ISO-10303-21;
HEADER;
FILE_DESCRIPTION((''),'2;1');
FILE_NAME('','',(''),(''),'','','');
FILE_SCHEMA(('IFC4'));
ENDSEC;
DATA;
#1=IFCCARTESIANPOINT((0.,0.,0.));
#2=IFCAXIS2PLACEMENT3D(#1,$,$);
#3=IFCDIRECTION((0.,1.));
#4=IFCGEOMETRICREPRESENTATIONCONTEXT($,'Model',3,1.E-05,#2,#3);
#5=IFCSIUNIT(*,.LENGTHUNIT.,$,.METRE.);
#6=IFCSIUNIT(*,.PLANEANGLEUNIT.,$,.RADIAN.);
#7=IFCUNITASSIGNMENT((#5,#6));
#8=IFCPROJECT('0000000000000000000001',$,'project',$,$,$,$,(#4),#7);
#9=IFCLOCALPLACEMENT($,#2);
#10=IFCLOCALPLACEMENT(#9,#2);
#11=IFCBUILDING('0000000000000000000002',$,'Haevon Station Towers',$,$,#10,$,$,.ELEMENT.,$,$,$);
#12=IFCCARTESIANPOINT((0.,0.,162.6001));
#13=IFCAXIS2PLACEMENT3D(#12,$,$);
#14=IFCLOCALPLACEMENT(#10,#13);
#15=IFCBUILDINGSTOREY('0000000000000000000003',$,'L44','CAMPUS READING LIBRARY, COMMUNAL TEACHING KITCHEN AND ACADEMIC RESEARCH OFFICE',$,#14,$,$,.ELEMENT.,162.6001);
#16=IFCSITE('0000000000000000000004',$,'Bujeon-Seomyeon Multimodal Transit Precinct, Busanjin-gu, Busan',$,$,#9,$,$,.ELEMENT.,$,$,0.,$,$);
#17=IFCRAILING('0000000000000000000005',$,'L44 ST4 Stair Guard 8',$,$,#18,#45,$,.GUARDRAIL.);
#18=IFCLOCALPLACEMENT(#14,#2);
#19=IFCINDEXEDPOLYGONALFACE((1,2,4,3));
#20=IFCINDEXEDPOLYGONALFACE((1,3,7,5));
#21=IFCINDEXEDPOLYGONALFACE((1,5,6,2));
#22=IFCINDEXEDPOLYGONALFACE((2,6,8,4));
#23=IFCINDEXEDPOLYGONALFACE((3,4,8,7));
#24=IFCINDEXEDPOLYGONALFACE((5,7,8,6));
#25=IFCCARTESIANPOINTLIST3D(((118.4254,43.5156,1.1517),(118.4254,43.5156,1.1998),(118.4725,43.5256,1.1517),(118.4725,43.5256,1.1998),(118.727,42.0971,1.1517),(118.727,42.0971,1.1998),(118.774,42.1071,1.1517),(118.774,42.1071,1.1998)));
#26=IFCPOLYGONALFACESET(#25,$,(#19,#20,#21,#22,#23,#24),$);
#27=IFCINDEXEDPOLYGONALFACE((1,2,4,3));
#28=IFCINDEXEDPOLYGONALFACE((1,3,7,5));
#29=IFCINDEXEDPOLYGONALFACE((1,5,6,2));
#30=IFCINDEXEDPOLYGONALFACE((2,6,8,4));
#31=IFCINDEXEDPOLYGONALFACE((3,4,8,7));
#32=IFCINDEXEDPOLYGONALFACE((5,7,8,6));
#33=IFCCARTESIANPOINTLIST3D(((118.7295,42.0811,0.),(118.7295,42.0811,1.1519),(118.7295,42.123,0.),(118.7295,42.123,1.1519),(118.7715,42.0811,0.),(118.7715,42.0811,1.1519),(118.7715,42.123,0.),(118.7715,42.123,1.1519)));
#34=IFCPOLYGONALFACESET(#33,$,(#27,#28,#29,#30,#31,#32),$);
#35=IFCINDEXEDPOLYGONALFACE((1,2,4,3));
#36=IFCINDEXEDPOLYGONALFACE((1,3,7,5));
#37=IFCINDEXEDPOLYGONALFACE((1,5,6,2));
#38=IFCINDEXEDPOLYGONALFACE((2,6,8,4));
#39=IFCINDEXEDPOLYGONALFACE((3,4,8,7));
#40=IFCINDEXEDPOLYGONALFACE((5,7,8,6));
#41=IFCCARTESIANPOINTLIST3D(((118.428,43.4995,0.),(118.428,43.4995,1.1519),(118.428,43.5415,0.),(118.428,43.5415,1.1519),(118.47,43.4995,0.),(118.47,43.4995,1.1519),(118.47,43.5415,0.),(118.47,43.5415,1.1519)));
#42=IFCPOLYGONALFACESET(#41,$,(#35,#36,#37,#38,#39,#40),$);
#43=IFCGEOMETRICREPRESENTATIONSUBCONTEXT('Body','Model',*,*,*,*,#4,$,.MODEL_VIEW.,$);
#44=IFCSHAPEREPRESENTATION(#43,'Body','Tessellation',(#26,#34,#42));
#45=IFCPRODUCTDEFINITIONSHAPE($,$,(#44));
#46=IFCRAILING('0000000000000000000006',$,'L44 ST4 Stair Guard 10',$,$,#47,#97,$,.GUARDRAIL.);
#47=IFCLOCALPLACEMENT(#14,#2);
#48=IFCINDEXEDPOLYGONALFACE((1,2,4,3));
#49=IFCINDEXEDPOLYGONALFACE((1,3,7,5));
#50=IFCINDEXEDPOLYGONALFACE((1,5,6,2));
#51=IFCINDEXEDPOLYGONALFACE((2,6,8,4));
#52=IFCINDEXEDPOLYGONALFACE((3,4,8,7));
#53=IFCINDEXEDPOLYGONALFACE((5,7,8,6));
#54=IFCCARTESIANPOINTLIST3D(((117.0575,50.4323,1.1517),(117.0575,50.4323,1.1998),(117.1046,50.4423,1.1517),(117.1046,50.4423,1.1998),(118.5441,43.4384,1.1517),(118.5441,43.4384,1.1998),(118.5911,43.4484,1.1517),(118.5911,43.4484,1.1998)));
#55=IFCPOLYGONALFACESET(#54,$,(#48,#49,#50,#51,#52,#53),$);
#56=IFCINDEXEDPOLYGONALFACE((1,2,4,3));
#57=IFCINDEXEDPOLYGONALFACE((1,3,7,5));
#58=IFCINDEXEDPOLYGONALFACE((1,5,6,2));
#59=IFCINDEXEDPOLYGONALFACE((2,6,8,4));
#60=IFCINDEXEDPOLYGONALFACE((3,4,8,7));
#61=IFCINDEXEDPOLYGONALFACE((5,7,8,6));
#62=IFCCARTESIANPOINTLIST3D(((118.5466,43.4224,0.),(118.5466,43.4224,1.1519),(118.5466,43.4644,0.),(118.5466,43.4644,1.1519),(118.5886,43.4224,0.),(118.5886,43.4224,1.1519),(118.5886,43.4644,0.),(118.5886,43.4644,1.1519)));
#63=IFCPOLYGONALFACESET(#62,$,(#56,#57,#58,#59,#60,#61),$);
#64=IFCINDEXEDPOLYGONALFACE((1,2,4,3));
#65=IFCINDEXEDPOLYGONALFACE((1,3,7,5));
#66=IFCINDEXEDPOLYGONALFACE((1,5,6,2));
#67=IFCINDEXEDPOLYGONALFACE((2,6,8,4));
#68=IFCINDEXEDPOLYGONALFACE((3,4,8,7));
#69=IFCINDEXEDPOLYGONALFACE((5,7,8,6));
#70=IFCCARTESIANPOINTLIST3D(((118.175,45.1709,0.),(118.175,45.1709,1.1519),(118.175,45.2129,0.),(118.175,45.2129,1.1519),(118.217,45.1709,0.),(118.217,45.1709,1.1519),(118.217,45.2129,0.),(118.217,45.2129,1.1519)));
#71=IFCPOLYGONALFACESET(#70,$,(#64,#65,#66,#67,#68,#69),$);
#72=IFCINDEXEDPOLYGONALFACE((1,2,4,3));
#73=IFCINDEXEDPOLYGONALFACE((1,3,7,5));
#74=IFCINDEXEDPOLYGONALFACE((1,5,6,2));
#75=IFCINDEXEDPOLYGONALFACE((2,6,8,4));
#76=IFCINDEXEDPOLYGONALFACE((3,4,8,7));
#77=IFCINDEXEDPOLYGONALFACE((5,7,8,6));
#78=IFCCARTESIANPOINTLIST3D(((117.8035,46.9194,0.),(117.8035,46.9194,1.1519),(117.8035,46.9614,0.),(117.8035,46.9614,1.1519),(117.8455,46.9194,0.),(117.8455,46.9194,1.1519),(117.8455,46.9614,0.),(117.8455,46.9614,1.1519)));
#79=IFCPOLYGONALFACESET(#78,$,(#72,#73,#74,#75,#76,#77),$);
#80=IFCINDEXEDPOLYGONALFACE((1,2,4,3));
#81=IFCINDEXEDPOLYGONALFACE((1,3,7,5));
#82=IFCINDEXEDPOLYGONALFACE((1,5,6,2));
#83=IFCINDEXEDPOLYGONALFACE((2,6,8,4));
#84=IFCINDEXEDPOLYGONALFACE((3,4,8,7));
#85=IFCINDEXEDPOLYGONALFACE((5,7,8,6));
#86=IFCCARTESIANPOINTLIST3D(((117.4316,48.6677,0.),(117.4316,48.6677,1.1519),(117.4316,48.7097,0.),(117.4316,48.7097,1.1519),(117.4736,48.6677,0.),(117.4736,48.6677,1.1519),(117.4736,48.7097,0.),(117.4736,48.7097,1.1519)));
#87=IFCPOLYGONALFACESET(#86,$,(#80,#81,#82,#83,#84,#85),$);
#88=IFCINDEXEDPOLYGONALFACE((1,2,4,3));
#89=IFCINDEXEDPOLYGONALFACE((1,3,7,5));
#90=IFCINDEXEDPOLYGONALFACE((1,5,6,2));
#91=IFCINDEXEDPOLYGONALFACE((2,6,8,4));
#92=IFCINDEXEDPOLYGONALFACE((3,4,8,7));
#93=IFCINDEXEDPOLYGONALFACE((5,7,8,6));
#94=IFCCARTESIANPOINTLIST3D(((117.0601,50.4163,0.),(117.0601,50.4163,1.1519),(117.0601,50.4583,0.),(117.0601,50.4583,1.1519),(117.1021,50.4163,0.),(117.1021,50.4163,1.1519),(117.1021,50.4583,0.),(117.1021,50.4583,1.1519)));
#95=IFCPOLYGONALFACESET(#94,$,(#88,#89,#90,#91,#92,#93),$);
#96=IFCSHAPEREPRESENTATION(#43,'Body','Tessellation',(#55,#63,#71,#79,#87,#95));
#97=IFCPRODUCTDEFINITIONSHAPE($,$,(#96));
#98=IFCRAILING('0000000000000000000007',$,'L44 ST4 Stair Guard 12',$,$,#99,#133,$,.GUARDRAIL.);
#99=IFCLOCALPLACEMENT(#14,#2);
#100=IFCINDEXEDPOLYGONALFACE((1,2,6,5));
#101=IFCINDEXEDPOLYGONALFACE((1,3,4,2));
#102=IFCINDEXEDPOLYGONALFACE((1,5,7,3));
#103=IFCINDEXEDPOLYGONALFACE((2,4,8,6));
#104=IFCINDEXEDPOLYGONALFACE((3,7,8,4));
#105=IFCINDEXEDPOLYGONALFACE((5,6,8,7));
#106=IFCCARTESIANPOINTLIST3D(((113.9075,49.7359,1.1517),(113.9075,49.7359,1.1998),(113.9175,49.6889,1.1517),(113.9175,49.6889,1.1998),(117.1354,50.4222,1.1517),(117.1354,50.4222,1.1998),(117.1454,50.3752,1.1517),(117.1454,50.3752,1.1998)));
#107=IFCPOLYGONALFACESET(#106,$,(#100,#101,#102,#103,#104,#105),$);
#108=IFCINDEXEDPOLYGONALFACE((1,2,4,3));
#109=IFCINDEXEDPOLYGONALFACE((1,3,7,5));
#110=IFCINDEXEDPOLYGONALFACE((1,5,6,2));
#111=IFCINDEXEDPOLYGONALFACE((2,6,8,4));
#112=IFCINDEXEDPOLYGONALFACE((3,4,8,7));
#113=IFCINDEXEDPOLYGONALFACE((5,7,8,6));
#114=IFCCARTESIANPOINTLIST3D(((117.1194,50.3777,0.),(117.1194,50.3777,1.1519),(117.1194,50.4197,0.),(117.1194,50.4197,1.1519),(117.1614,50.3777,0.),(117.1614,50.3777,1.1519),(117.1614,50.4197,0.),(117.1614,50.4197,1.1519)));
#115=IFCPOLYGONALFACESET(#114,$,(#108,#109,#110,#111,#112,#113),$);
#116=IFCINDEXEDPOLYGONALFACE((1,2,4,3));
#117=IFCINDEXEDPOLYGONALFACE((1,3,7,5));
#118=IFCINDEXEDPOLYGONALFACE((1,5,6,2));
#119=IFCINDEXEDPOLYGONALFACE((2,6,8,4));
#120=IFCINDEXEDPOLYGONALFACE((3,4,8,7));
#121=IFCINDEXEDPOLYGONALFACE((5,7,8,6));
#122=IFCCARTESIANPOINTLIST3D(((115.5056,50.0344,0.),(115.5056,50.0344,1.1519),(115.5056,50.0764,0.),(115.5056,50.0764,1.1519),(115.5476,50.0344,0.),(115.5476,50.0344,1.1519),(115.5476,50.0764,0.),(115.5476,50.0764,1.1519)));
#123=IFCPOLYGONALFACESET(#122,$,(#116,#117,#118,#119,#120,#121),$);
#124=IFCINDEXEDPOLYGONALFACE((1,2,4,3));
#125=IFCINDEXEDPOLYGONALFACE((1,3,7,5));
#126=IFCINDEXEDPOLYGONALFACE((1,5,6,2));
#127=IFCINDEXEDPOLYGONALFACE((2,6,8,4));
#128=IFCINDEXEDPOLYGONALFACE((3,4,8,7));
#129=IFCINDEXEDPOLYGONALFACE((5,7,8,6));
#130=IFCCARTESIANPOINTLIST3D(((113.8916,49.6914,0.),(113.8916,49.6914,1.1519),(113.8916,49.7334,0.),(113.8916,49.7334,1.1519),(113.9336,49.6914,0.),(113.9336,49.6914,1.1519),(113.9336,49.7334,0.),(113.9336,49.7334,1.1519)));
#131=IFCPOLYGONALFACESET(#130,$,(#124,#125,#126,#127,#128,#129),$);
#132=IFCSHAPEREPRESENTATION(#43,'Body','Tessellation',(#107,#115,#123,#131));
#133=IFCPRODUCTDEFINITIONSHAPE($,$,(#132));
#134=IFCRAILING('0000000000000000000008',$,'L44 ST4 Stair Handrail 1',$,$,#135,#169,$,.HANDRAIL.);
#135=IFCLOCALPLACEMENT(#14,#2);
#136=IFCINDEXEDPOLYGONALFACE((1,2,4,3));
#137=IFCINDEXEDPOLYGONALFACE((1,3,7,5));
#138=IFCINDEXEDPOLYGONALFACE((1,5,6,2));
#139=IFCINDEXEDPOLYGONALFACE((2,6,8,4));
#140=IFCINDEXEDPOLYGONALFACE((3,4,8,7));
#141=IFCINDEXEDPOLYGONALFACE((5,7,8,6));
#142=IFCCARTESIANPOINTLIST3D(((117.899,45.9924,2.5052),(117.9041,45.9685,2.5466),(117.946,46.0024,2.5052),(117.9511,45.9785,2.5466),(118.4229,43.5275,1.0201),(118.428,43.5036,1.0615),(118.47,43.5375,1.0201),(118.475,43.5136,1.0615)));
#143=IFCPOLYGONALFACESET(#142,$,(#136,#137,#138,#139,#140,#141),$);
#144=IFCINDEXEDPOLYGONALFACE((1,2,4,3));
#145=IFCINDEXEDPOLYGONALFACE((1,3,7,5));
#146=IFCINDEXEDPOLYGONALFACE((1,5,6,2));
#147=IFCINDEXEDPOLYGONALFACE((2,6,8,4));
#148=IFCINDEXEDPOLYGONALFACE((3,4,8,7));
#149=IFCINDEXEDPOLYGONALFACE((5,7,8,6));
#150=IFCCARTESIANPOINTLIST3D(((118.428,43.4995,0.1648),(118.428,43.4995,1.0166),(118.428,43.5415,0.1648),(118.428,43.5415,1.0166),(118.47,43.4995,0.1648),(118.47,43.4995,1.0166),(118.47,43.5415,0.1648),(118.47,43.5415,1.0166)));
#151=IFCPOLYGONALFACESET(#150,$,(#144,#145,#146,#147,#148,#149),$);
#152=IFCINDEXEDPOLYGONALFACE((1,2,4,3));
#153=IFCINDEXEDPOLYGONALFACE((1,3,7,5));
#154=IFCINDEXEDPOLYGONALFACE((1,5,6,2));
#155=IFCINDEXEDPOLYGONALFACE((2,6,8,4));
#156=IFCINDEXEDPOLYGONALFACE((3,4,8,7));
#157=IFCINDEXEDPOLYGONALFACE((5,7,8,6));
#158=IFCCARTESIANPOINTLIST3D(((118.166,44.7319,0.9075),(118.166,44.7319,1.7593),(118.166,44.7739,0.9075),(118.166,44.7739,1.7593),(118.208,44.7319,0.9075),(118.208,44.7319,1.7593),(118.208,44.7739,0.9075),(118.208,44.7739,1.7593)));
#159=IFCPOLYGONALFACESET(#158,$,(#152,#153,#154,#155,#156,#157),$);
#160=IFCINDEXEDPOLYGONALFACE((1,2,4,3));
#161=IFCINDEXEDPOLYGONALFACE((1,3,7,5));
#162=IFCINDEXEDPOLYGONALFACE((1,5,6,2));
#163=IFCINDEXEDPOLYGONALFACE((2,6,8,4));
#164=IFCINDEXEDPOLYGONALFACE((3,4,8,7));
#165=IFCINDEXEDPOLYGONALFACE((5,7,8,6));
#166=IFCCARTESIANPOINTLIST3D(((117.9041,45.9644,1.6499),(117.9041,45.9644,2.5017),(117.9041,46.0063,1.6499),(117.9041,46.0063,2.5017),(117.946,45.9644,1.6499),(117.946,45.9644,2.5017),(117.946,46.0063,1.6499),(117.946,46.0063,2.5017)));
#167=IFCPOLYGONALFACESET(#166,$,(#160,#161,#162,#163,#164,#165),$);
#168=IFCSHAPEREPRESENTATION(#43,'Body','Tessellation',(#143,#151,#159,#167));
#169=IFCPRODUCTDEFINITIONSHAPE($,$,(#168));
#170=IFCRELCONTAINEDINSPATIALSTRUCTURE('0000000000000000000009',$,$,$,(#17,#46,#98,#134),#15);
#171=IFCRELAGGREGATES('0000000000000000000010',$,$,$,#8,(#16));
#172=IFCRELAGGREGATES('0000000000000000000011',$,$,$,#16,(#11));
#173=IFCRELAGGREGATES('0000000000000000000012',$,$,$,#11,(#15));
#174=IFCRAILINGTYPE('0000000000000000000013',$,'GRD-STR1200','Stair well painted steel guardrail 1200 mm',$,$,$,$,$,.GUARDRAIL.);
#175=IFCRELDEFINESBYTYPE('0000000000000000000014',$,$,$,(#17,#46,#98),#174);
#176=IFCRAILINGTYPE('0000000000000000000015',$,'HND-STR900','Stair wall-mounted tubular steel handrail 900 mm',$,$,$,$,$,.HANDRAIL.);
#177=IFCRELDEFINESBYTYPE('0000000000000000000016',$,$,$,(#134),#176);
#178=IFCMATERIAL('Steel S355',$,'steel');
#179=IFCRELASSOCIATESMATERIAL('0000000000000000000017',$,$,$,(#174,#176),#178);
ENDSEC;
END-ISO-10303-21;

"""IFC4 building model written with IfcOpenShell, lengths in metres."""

from ifc_helpers import new_model, si_unit, direction, frame, origin, origin_2d, place, context, subcontext, project, spatial, rectangle, extrude, material, type_object, element, save


model = new_model("IFC4")

# Units and contexts
model_context = context("Model", 3, precision=1e-05, world=origin(), true_north=direction((0.0, 1.0)))
body_context = subcontext(model_context, "Body", "Model", "MODEL_VIEW")
ifc_project = project(units=[si_unit("LENGTHUNIT", "METRE"), si_unit("PLANEANGLEUNIT", "RADIAN")], contexts=[model_context])

# Site, building, storey
site_placement = place(None, origin())
site = spatial("IfcSite", under=ifc_project, at=site_placement, Name="Bujeon-Seomyeon Multimodal Transit Precinct, Busanjin-gu, Busan", CompositionType="ELEMENT", RefElevation=0.0)
building_placement = place(site_placement, origin())
building = spatial("IfcBuilding", under=site, at=building_placement, Name="Haevon Station Towers", CompositionType="ELEMENT")
storey_placement = place(building_placement, frame((0.0, 0.0, 162.6001)))
storey = spatial("IfcBuildingStorey", under=building, at=storey_placement, Name="L44", Description="CAMPUS READING LIBRARY, COMMUNAL TEACHING KITCHEN AND ACADEMIC RESEARCH OFFICE", CompositionType="ELEMENT", Elevation=162.6001)

# Shared definitions
ifc_material_1 = material(Name="Steel S355", Category="steel")

# Railings
railing_type_1 = type_object("IfcRailingType", Name="GRD-STR1200", Description="Stair well painted steel guardrail 1200 mm", PredefinedType="GUARDRAIL", material=ifc_material_1)
railing_1_placement = place(storey_placement, frame((118.7505, 42.1021, 0.0)))
element("IfcRailing", 1, at=railing_1_placement, inside=storey, type_object=railing_type_1, Name="L44 ST4 Stair Guard 8", PredefinedType="GUARDRAIL", context=body_context, shape_type="SweptSolid", body=[
    extrude(rectangle(XDim=0.0481, YDim=0.0481, at=origin_2d()), frame((0.0, 0.0, 1.1758), z_axis=(-0.207919, 0.978146, 0.0), x_axis=(-0.978146, -0.207919, 0.0)), (0.0, 0.0, 1.0), 1.4502),
    extrude(rectangle(XDim=0.042, YDim=0.042, at=origin_2d()), origin(), (0.0, 0.0, 1.0), 1.1519),
    extrude(rectangle(XDim=0.042, YDim=0.042, at=origin_2d()), frame((-0.3015, 1.4185, 0.0)), (0.0, 0.0, 1.0), 1.1519),
])
railing_2_placement = place(storey_placement, frame((118.5676, 43.4434, 0.0)))
element("IfcRailing", 2, at=railing_2_placement, inside=storey, type_object=railing_type_1, Name="L44 ST4 Stair Guard 10", PredefinedType="GUARDRAIL", context=body_context, shape_type="SweptSolid", body=[
    extrude(rectangle(XDim=0.0481, YDim=0.0481, at=origin_2d()), frame((0.0, 0.0, 1.1758), z_axis=(-0.207908, 0.978148, 0.0), x_axis=(-0.978148, -0.207908, 0.0)), (0.0, 0.0, 1.0), 7.1501),
    extrude(rectangle(XDim=0.042, YDim=0.042, at=origin_2d()), origin(), (0.0, 0.0, 1.0), 1.1519),
    extrude(rectangle(XDim=0.042, YDim=0.042, at=origin_2d()), frame((-0.3716, 1.7485, 0.0)), (0.0, 0.0, 1.0), 1.1519),
    extrude(rectangle(XDim=0.042, YDim=0.042, at=origin_2d()), frame((-0.7432, 3.4971, 0.0)), (0.0, 0.0, 1.0), 1.1519),
    extrude(rectangle(XDim=0.042, YDim=0.042, at=origin_2d()), frame((-1.115, 5.2454, 0.0)), (0.0, 0.0, 1.0), 1.1519),
    extrude(rectangle(XDim=0.042, YDim=0.042, at=origin_2d()), frame((-1.4866, 6.9939, 0.0)), (0.0, 0.0, 1.0), 1.1519),
])
railing_3_placement = place(storey_placement, frame((117.1404, 50.3987, 0.0)))
element("IfcRailing", 3, at=railing_3_placement, inside=storey, type_object=railing_type_1, Name="L44 ST4 Stair Guard 12", PredefinedType="GUARDRAIL", context=body_context, shape_type="SweptSolid", body=[
    extrude(rectangle(XDim=0.0481, YDim=0.0481, at=origin_2d()), frame((0.0, 0.0, 1.1758), z_axis=(-0.978136, -0.207968, 0.0), x_axis=(0.207968, -0.978136, 0.0)), (0.0, 0.0, 1.0), 3.3),
    extrude(rectangle(XDim=0.042, YDim=0.042, at=origin_2d()), origin(), (0.0, 0.0, 1.0), 1.1519),
    extrude(rectangle(XDim=0.042, YDim=0.042, at=origin_2d()), frame((-1.6138, -0.3433, 0.0)), (0.0, 0.0, 1.0), 1.1519),
    extrude(rectangle(XDim=0.042, YDim=0.042, at=origin_2d()), frame((-3.2278, -0.6863, 0.0)), (0.0, 0.0, 1.0), 1.1519),
])
railing_type_2 = type_object("IfcRailingType", Name="HND-STR900", Description="Stair wall-mounted tubular steel handrail 900 mm", PredefinedType="HANDRAIL", material=ifc_material_1)
railing_4_placement = place(storey_placement, frame((118.449, 43.5205, 0.1648)))
element("IfcRailing", 4, at=railing_4_placement, inside=storey, type_object=railing_type_2, Name="L44 ST4 Stair Handrail 1", PredefinedType="HANDRAIL", context=body_context, shape_type="SweptSolid", body=[
    extrude(rectangle(XDim=0.0481, YDim=0.0481, at=origin_2d()), frame((0.0, 0.0, 0.876), z_axis=(-0.179121, 0.842688, 0.507733), x_axis=(-0.978147, -0.207914, 0.0)), (0.0, 0.0, 1.0), 2.925),
    extrude(rectangle(XDim=0.042, YDim=0.042, at=origin_2d()), origin(), (0.0, 0.0, 1.0), 0.8518),
    extrude(rectangle(XDim=0.042, YDim=0.042, at=origin_2d()), frame((-0.262, 1.2324, 0.7427)), (0.0, 0.0, 1.0), 0.8518),
    extrude(rectangle(XDim=0.042, YDim=0.042, at=origin_2d()), frame((-0.5239, 2.4648, 1.4851)), (0.0, 0.0, 1.0), 0.8518),
])

save(model, "model.ifc")
